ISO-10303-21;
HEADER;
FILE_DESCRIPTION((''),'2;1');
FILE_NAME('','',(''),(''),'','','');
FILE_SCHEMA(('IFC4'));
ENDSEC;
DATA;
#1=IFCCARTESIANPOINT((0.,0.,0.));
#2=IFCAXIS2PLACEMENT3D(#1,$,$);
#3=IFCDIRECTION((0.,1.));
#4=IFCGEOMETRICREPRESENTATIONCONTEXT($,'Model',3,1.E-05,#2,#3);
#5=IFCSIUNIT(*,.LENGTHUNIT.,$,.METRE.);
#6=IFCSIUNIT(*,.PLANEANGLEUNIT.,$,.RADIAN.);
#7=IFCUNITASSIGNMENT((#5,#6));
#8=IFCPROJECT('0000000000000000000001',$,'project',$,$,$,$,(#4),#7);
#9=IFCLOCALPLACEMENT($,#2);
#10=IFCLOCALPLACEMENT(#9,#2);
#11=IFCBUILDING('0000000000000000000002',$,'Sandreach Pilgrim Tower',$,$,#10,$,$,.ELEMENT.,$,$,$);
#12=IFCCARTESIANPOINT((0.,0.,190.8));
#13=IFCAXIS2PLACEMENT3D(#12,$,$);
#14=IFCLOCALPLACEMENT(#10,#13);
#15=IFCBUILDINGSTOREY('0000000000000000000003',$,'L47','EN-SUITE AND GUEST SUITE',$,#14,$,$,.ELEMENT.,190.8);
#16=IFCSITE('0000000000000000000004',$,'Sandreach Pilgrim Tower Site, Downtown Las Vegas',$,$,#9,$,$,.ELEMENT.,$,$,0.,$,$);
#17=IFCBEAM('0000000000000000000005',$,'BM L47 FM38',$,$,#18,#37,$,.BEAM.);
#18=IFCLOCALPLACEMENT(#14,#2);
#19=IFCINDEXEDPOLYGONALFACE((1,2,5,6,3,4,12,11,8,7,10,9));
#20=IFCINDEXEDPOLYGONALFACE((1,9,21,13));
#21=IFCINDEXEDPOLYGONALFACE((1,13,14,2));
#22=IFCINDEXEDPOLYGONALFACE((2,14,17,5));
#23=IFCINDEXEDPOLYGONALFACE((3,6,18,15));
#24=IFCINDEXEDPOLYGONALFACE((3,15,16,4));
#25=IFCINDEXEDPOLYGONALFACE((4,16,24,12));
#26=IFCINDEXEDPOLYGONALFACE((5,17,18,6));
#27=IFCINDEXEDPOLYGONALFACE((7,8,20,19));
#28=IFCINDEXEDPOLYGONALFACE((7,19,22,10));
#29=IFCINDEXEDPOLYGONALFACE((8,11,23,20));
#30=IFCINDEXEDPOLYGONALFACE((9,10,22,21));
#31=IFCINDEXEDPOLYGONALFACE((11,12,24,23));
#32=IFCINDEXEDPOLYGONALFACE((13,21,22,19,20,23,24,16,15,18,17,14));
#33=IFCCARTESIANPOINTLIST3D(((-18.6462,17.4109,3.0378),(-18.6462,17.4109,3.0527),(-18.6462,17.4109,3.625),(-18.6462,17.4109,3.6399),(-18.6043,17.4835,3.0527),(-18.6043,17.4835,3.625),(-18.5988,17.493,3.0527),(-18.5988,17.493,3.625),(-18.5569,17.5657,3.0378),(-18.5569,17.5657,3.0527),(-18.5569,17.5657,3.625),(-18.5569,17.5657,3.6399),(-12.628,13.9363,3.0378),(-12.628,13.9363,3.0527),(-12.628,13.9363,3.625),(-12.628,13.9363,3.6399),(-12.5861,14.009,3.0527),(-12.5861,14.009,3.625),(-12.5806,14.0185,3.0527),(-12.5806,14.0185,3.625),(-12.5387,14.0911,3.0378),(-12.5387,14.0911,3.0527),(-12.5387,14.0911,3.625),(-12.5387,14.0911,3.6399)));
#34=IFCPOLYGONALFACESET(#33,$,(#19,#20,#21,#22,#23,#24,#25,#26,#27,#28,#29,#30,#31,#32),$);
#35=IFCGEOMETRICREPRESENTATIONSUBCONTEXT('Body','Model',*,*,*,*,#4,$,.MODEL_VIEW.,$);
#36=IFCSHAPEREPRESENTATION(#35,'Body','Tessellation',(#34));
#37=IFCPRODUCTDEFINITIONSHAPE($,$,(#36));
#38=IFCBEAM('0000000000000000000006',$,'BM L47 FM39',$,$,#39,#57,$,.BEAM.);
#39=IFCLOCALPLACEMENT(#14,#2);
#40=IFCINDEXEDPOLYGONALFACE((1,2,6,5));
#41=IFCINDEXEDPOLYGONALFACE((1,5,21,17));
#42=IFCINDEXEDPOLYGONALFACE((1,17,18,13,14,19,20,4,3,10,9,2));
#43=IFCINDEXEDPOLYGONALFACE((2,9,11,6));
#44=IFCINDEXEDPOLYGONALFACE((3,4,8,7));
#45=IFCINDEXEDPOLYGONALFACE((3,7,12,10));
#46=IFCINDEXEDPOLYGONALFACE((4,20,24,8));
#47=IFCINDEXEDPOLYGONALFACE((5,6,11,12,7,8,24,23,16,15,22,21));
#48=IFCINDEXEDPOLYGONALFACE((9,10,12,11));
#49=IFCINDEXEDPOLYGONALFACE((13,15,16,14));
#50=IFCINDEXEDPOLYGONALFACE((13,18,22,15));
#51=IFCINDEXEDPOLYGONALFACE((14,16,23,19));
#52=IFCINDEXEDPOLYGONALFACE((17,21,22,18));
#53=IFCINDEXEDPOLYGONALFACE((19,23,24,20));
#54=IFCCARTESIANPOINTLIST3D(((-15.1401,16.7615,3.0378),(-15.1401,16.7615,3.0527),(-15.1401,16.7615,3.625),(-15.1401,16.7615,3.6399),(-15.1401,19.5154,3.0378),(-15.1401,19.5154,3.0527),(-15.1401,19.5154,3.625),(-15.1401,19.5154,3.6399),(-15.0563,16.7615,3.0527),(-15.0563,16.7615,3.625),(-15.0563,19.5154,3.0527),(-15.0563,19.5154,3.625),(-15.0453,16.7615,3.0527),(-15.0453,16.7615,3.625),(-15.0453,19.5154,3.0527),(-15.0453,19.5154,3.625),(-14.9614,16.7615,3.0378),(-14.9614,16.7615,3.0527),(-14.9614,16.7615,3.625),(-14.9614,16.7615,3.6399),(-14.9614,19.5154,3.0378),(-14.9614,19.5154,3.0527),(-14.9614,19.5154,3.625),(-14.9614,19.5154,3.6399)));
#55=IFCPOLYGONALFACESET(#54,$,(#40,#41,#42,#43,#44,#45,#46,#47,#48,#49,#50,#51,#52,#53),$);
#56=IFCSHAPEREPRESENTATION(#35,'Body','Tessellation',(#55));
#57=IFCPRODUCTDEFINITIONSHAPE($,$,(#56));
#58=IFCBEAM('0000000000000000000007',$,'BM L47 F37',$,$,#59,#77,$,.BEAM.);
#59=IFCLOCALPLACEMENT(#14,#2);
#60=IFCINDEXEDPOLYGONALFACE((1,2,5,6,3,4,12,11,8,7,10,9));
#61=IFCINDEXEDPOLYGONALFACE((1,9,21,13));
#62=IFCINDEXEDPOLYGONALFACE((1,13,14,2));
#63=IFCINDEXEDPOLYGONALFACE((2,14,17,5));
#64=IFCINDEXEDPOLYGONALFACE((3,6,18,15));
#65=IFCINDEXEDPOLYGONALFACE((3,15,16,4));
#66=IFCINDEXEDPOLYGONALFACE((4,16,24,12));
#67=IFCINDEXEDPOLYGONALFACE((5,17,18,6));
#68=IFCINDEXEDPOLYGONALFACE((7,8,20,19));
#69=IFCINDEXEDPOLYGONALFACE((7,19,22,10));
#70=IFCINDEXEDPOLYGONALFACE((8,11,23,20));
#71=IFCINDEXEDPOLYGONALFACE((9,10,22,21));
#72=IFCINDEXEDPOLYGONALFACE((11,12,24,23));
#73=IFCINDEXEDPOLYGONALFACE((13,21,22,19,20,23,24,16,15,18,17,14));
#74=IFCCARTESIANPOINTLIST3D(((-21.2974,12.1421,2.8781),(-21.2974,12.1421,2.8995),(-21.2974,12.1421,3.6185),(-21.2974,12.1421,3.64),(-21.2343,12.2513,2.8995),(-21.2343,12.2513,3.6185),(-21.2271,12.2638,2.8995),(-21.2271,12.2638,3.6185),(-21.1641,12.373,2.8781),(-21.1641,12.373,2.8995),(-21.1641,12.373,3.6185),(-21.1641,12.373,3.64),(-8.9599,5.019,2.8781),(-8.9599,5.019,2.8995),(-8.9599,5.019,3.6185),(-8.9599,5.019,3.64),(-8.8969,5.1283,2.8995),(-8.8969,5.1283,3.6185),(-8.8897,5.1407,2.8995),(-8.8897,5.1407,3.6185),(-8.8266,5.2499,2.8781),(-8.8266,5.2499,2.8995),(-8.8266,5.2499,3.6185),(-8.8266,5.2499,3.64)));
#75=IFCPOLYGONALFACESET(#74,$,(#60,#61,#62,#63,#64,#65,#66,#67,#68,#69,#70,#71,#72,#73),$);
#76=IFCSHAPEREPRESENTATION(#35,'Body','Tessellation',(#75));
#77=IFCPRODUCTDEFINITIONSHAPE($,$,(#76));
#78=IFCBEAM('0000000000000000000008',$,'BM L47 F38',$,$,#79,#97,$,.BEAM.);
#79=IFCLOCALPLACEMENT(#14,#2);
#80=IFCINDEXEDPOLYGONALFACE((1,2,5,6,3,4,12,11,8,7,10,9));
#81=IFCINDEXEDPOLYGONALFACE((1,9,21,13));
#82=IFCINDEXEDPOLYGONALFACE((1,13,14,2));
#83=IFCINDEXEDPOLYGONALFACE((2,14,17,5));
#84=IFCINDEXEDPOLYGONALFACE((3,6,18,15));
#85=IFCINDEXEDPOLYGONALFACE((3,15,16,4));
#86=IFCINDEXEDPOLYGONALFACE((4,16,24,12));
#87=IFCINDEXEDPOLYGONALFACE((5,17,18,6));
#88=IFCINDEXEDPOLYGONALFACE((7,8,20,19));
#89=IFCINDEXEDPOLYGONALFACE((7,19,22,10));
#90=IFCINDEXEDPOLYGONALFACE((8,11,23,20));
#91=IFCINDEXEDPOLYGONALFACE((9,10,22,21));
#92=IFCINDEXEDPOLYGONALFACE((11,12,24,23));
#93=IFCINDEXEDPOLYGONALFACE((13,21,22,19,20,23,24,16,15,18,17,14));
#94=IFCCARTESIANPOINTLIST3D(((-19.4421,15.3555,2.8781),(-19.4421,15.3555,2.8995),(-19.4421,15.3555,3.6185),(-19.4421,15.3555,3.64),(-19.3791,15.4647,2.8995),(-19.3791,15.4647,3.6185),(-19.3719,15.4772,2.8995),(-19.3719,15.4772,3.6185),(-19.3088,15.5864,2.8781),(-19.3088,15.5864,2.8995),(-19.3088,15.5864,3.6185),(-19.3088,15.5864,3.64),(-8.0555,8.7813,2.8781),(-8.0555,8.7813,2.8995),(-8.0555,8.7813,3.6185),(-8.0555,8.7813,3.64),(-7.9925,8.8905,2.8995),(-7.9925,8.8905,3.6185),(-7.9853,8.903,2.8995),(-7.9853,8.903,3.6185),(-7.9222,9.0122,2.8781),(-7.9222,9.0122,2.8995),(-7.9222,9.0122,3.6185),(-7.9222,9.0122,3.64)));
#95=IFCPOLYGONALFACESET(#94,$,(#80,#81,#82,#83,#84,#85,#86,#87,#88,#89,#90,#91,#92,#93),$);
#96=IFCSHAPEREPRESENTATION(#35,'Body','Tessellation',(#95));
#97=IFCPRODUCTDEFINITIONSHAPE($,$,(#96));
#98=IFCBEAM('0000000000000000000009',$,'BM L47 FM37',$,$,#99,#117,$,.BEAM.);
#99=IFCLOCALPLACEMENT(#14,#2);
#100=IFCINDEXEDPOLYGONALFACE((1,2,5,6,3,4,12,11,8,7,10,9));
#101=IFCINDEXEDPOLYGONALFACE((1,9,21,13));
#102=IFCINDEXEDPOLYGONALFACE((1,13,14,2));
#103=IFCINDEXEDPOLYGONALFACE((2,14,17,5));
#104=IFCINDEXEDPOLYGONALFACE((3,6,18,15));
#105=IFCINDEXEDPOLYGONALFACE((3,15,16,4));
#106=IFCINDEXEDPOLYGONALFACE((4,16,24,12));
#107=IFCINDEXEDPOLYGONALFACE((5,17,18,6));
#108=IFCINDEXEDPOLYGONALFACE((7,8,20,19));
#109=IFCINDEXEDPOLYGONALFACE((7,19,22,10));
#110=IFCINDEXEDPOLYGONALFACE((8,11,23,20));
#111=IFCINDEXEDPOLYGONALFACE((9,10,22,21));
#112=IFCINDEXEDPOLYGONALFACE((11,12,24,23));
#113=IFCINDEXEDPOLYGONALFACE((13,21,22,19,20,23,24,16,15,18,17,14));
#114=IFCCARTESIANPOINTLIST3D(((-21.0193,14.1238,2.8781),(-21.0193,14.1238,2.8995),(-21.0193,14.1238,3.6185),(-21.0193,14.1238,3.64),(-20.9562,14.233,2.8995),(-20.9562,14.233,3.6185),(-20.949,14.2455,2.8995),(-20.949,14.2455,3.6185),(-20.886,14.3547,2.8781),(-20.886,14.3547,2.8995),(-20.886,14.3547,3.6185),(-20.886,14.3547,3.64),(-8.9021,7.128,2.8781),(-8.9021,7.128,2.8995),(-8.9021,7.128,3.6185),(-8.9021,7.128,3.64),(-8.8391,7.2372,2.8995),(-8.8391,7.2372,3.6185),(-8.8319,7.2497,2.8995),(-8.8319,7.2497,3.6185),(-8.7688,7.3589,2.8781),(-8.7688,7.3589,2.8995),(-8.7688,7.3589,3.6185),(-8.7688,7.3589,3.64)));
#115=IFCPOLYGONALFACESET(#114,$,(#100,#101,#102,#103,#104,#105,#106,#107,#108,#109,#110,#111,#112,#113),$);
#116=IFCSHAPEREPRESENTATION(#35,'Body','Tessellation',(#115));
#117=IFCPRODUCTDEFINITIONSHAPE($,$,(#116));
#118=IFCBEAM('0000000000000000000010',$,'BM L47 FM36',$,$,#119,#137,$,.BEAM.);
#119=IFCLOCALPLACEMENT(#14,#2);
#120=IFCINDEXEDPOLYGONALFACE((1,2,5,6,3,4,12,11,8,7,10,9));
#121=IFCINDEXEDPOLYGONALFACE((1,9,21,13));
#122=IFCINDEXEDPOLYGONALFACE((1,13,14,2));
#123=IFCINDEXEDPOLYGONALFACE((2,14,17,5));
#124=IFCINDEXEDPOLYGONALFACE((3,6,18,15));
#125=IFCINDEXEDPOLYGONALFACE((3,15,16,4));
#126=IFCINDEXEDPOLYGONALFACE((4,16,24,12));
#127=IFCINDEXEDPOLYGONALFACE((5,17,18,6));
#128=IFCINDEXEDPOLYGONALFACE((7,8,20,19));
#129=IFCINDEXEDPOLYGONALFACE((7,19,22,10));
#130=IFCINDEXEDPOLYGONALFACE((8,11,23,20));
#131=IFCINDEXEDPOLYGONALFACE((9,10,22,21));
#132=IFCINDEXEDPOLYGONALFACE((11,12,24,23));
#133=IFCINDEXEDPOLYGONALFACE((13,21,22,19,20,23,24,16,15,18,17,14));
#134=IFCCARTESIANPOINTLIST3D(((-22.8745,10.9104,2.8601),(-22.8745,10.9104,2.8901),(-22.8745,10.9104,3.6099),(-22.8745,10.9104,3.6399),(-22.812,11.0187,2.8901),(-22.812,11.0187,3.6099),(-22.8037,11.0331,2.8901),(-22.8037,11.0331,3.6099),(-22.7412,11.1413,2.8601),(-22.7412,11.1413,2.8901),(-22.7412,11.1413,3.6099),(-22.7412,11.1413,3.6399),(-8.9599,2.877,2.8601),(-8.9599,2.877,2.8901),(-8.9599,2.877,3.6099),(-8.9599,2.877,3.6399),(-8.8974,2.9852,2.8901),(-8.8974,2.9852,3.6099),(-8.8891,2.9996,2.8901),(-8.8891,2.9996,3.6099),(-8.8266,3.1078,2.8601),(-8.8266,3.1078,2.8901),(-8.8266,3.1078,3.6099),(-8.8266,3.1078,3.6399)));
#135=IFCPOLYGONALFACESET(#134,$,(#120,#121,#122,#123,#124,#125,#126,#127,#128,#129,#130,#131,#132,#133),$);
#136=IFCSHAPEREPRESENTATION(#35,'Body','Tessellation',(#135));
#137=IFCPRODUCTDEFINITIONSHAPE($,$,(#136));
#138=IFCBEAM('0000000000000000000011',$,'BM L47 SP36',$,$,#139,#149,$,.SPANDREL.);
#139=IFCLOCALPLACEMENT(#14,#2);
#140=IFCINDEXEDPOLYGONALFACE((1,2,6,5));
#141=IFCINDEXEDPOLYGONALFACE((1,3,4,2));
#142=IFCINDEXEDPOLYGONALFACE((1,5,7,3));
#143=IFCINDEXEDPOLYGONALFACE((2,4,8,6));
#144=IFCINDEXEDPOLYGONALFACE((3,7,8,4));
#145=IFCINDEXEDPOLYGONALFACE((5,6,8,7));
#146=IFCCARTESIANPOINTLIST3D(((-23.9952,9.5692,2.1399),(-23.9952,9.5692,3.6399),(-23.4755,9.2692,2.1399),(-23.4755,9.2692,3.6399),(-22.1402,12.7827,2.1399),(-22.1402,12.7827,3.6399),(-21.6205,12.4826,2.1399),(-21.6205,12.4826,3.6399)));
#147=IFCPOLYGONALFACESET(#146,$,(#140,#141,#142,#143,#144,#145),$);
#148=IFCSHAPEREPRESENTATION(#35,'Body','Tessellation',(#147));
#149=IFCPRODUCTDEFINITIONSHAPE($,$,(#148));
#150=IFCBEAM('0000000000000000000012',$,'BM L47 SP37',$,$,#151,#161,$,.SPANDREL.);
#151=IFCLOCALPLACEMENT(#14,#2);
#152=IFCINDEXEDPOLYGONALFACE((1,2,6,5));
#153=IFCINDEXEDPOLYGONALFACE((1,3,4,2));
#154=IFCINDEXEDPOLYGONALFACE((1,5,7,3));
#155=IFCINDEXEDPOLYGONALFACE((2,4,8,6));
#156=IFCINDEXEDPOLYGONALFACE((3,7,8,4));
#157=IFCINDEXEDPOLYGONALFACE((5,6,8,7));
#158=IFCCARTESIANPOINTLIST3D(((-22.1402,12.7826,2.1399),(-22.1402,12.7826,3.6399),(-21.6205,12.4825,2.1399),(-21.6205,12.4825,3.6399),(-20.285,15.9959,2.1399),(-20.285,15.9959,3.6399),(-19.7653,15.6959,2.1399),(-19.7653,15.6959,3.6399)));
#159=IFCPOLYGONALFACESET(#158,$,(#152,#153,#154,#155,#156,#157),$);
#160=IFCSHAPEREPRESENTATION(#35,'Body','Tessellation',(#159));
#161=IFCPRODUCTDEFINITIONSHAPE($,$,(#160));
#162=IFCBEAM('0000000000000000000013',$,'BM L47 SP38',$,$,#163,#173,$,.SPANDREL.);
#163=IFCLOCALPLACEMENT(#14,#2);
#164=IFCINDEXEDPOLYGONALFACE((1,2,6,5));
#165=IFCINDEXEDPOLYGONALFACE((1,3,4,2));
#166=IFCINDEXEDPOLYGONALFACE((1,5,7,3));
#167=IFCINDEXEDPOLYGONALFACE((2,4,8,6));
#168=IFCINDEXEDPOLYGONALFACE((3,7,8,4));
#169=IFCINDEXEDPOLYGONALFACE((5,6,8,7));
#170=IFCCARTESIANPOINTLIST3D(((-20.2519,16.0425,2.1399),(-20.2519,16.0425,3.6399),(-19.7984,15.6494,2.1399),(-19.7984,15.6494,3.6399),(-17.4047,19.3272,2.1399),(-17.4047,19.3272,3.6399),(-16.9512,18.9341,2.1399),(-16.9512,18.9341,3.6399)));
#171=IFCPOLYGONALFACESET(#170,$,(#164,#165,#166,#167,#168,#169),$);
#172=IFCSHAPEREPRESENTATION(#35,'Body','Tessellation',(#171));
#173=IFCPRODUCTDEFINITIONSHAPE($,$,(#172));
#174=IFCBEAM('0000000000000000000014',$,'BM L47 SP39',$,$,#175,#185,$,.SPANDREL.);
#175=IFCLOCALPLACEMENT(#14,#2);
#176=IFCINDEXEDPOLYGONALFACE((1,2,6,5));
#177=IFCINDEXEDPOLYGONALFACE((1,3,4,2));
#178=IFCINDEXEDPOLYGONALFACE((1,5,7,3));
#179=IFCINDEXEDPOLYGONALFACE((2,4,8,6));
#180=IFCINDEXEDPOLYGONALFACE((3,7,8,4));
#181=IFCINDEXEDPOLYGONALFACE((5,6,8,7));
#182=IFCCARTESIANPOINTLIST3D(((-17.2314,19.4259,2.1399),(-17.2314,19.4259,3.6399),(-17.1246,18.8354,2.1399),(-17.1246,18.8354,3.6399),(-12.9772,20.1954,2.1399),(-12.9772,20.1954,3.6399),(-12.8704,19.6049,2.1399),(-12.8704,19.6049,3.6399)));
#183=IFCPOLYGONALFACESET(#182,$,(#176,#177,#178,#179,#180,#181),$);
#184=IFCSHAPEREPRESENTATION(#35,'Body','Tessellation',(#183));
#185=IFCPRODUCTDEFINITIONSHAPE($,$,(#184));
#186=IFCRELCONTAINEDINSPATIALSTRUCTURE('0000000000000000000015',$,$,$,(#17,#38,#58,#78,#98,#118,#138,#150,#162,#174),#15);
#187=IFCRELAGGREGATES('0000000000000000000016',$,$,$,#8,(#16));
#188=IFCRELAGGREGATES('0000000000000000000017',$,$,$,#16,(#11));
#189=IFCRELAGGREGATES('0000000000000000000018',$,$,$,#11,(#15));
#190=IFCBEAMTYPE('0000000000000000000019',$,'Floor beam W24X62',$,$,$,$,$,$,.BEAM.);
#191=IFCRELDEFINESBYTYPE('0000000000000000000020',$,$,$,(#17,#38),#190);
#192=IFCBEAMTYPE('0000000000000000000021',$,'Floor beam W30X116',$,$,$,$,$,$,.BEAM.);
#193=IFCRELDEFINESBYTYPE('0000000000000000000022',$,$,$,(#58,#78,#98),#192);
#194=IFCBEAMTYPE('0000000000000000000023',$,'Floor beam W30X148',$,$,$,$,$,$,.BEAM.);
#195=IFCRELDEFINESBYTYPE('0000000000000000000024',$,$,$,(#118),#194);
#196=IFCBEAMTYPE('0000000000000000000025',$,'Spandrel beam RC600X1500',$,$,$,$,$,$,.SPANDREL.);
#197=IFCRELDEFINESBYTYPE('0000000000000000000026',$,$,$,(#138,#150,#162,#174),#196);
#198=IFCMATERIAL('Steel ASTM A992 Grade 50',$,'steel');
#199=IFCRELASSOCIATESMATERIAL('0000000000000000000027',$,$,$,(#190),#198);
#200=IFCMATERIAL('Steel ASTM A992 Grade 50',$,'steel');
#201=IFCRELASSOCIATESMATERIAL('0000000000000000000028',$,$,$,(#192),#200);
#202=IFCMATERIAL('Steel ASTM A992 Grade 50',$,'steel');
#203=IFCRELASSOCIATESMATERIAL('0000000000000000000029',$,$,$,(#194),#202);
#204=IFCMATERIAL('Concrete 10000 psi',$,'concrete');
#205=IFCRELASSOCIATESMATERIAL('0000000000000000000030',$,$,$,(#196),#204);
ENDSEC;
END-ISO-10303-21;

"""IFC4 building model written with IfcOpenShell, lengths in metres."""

from ifc_helpers import new_model, si_unit, direction, frame, origin, origin_2d, place, context, subcontext, project, spatial, rectangle, i_section, extrude, material, material_profile, profile_set, type_object, element, save


model = new_model("IFC4")

# Units and contexts
model_context = context("Model", 3, precision=1e-05, world=origin(), true_north=direction((0.0, 1.0)))
body_context = subcontext(model_context, "Body", "Model", "MODEL_VIEW")
ifc_project = project(units=[si_unit("LENGTHUNIT", "METRE"), si_unit("PLANEANGLEUNIT", "RADIAN")], contexts=[model_context])

# Site, building, storey
site_placement = place(None, origin())
site = spatial("IfcSite", under=ifc_project, at=site_placement, Name="Sandreach Pilgrim Tower Site, Downtown Las Vegas", CompositionType="ELEMENT", RefElevation=0.0)
building_placement = place(site_placement, origin())
building = spatial("IfcBuilding", under=site, at=building_placement, Name="Sandreach Pilgrim Tower", CompositionType="ELEMENT")
storey_placement = place(building_placement, frame((0.0, 0.0, 190.8)))
storey = spatial("IfcBuildingStorey", under=building, at=storey_placement, Name="L47", Description="EN-SUITE AND GUEST SUITE", CompositionType="ELEMENT", Elevation=190.8)

# Beams
ifc_material_1 = material(Name="Steel ASTM A992 Grade 50", Category="steel")
ifc_material_profile_1 = material_profile(ifc_material_1, i_section(OverallWidth=0.1787, OverallDepth=0.6021, WebThickness=0.011, FlangeThickness=0.0149, at=origin_2d()), Name="W24X62")
ifc_profile_set_1 = profile_set([ifc_material_profile_1], Name="Steel ASTM A992 Grade 50")
beam_type_1 = type_object("IfcBeamType", Name="Floor beam W24X62", PredefinedType="BEAM", material=ifc_profile_set_1)
beam_1_placement = place(storey_placement, frame((-18.6016, 17.4883, 3.3389), z_axis=(0.866029, -0.499993, 0.0), x_axis=(0.499993, 0.866029, 0.0)))
element("IfcBeam", 1, at=beam_1_placement, inside=storey, type_object=beam_type_1, Name="BM L47 FM38", PredefinedType="BEAM", context=body_context, shape_type="SweptSolid", body=[
    extrude(i_section(OverallWidth=0.1787, OverallDepth=0.6021, WebThickness=0.011, FlangeThickness=0.0149, at=origin_2d()), origin(), (0.0, 0.0, 1.0), 6.9492),
])
beam_2_placement = place(storey_placement, frame((-15.0508, 19.5154, 3.3389), z_axis=(0.0, -1.0, 0.0), x_axis=(1.0, 0.0, 0.0)))
element("IfcBeam", 2, at=beam_2_placement, inside=storey, type_object=beam_type_1, Name="BM L47 FM39", PredefinedType="BEAM", context=body_context, shape_type="SweptSolid", body=[
    extrude(i_section(OverallWidth=0.1787, OverallDepth=0.6021, WebThickness=0.011, FlangeThickness=0.0149, at=origin_2d()), origin(), (0.0, 0.0, 1.0), 2.7539),
])
ifc_material_2 = material(Name="Steel ASTM A992 Grade 50", Category="steel")
ifc_material_profile_2 = material_profile(ifc_material_2, i_section(OverallWidth=0.2666, OverallDepth=0.762, WebThickness=0.0144, FlangeThickness=0.0215, at=origin_2d()), Name="W30X116")
ifc_profile_set_2 = profile_set([ifc_material_profile_2], Name="Steel ASTM A992 Grade 50")
beam_type_2 = type_object("IfcBeamType", Name="Floor beam W30X116", PredefinedType="BEAM", material=ifc_profile_set_2)
beam_3_placement = place(storey_placement, frame((-21.2307, 12.2576, 3.259), z_axis=(0.866024, -0.500002, 0.0), x_axis=(0.500002, 0.866024, 0.0)))
element("IfcBeam", 3, at=beam_3_placement, inside=storey, type_object=beam_type_2, Name="BM L47 F37", PredefinedType="BEAM", context=body_context, shape_type="SweptSolid", body=[
    extrude(i_section(OverallWidth=0.2666, OverallDepth=0.762, WebThickness=0.0144, FlangeThickness=0.0215, at=origin_2d()), origin(), (0.0, 0.0, 1.0), 14.2461),
])
beam_4_placement = place(storey_placement, frame((-19.3755, 15.4709, 3.259), z_axis=(0.866022, -0.500005, 0.0), x_axis=(0.500005, 0.866022, 0.0)))
element("IfcBeam", 4, at=beam_4_placement, inside=storey, type_object=beam_type_2, Name="BM L47 F38", PredefinedType="BEAM", context=body_context, shape_type="SweptSolid", body=[
    extrude(i_section(OverallWidth=0.2666, OverallDepth=0.762, WebThickness=0.0144, FlangeThickness=0.0215, at=origin_2d()), origin(), (0.0, 0.0, 1.0), 13.1482),
])
beam_5_placement = place(storey_placement, frame((-20.9526, 14.2393, 3.259), z_axis=(0.866026, -0.499999, 0.0), x_axis=(0.499999, 0.866026, 0.0)))
element("IfcBeam", 5, at=beam_5_placement, inside=storey, type_object=beam_type_2, Name="BM L47 FM37", PredefinedType="BEAM", context=body_context, shape_type="SweptSolid", body=[
    extrude(i_section(OverallWidth=0.2666, OverallDepth=0.762, WebThickness=0.0144, FlangeThickness=0.0215, at=origin_2d()), origin(), (0.0, 0.0, 1.0), 13.9917),
])
ifc_material_3 = material(Name="Steel ASTM A992 Grade 50", Category="steel")
ifc_material_profile_3 = material_profile(ifc_material_3, i_section(OverallWidth=0.2666, OverallDepth=0.7798, WebThickness=0.0166, FlangeThickness=0.03, at=origin_2d()), Name="W30X148")
ifc_profile_set_3 = profile_set([ifc_material_profile_3], Name="Steel ASTM A992 Grade 50")
beam_type_3 = type_object("IfcBeamType", Name="Floor beam W30X148", PredefinedType="BEAM", material=ifc_profile_set_3)
beam_6_placement = place(storey_placement, frame((-22.8079, 11.0259, 3.25), z_axis=(0.866029, -0.499994, 0.0), x_axis=(0.499994, 0.866029, 0.0)))
element("IfcBeam", 6, at=beam_6_placement, inside=storey, type_object=beam_type_3, Name="BM L47 FM36", PredefinedType="BEAM", context=body_context, shape_type="SweptSolid", body=[
    extrude(i_section(OverallWidth=0.2666, OverallDepth=0.7798, WebThickness=0.0166, FlangeThickness=0.03, at=origin_2d()), origin(), (0.0, 0.0, 1.0), 16.0671),
])
ifc_material_4 = material(Name="Concrete 10000 psi", Category="concrete")
ifc_material_profile_4 = material_profile(ifc_material_4, rectangle(XDim=0.6001, YDim=1.5, at=origin_2d()), Name="RC600X1500")
ifc_profile_set_4 = profile_set([ifc_material_profile_4], Name="Concrete 10000 psi")
beam_type_4 = type_object("IfcBeamType", Name="Spandrel beam RC600X1500", PredefinedType="SPANDREL", material=ifc_profile_set_4)
for number, where, z_axis, x_axis, name in (
    (7, (-23.7354, 9.4192, 2.8899), (0.499946, 0.866056, 0.0), (-0.866056, 0.499946, 0.0), "BM L47 SP36"),
    (8, (-21.8804, 12.6326, 2.8899), (0.499996, 0.866028, 0.0), (-0.866028, 0.499996, 0.0), "BM L47 SP37"),
):
    element("IfcBeam", number, at=place(storey_placement, frame(where, z_axis=z_axis, x_axis=x_axis)), inside=storey, type_object=beam_type_4, Name=name, PredefinedType="SPANDREL", context=body_context, shape_type="SweptSolid", body=[
        extrude(rectangle(XDim=0.6001, YDim=1.5, at=origin_2d()), origin(), (0.0, 0.0, 1.0), 3.7104),
    ])
beam_7_placement = place(storey_placement, frame((-20.0251, 15.8459, 2.8899), z_axis=(0.65499, 0.755637, 0.0), x_axis=(-0.755637, 0.65499, 0.0)))
element("IfcBeam", 9, at=beam_7_placement, inside=storey, type_object=beam_type_4, Name="BM L47 SP38", PredefinedType="SPANDREL", context=body_context, shape_type="SweptSolid", body=[
    extrude(rectangle(XDim=0.6001, YDim=1.5, at=origin_2d()), origin(), (0.0, 0.0, 1.0), 4.3469),
])
beam_8_placement = place(storey_placement, frame((-17.178, 19.1306, 2.8899), z_axis=(0.98403, 0.178001, 0.0), x_axis=(-0.178001, 0.98403, 0.0)))
element("IfcBeam", 10, at=beam_8_placement, inside=storey, type_object=beam_type_4, Name="BM L47 SP39", PredefinedType="SPANDREL", context=body_context, shape_type="SweptSolid", body=[
    extrude(rectangle(XDim=0.6001, YDim=1.5, at=origin_2d()), origin(), (0.0, 0.0, 1.0), 4.3232),
])

save(model, "model.ifc")
